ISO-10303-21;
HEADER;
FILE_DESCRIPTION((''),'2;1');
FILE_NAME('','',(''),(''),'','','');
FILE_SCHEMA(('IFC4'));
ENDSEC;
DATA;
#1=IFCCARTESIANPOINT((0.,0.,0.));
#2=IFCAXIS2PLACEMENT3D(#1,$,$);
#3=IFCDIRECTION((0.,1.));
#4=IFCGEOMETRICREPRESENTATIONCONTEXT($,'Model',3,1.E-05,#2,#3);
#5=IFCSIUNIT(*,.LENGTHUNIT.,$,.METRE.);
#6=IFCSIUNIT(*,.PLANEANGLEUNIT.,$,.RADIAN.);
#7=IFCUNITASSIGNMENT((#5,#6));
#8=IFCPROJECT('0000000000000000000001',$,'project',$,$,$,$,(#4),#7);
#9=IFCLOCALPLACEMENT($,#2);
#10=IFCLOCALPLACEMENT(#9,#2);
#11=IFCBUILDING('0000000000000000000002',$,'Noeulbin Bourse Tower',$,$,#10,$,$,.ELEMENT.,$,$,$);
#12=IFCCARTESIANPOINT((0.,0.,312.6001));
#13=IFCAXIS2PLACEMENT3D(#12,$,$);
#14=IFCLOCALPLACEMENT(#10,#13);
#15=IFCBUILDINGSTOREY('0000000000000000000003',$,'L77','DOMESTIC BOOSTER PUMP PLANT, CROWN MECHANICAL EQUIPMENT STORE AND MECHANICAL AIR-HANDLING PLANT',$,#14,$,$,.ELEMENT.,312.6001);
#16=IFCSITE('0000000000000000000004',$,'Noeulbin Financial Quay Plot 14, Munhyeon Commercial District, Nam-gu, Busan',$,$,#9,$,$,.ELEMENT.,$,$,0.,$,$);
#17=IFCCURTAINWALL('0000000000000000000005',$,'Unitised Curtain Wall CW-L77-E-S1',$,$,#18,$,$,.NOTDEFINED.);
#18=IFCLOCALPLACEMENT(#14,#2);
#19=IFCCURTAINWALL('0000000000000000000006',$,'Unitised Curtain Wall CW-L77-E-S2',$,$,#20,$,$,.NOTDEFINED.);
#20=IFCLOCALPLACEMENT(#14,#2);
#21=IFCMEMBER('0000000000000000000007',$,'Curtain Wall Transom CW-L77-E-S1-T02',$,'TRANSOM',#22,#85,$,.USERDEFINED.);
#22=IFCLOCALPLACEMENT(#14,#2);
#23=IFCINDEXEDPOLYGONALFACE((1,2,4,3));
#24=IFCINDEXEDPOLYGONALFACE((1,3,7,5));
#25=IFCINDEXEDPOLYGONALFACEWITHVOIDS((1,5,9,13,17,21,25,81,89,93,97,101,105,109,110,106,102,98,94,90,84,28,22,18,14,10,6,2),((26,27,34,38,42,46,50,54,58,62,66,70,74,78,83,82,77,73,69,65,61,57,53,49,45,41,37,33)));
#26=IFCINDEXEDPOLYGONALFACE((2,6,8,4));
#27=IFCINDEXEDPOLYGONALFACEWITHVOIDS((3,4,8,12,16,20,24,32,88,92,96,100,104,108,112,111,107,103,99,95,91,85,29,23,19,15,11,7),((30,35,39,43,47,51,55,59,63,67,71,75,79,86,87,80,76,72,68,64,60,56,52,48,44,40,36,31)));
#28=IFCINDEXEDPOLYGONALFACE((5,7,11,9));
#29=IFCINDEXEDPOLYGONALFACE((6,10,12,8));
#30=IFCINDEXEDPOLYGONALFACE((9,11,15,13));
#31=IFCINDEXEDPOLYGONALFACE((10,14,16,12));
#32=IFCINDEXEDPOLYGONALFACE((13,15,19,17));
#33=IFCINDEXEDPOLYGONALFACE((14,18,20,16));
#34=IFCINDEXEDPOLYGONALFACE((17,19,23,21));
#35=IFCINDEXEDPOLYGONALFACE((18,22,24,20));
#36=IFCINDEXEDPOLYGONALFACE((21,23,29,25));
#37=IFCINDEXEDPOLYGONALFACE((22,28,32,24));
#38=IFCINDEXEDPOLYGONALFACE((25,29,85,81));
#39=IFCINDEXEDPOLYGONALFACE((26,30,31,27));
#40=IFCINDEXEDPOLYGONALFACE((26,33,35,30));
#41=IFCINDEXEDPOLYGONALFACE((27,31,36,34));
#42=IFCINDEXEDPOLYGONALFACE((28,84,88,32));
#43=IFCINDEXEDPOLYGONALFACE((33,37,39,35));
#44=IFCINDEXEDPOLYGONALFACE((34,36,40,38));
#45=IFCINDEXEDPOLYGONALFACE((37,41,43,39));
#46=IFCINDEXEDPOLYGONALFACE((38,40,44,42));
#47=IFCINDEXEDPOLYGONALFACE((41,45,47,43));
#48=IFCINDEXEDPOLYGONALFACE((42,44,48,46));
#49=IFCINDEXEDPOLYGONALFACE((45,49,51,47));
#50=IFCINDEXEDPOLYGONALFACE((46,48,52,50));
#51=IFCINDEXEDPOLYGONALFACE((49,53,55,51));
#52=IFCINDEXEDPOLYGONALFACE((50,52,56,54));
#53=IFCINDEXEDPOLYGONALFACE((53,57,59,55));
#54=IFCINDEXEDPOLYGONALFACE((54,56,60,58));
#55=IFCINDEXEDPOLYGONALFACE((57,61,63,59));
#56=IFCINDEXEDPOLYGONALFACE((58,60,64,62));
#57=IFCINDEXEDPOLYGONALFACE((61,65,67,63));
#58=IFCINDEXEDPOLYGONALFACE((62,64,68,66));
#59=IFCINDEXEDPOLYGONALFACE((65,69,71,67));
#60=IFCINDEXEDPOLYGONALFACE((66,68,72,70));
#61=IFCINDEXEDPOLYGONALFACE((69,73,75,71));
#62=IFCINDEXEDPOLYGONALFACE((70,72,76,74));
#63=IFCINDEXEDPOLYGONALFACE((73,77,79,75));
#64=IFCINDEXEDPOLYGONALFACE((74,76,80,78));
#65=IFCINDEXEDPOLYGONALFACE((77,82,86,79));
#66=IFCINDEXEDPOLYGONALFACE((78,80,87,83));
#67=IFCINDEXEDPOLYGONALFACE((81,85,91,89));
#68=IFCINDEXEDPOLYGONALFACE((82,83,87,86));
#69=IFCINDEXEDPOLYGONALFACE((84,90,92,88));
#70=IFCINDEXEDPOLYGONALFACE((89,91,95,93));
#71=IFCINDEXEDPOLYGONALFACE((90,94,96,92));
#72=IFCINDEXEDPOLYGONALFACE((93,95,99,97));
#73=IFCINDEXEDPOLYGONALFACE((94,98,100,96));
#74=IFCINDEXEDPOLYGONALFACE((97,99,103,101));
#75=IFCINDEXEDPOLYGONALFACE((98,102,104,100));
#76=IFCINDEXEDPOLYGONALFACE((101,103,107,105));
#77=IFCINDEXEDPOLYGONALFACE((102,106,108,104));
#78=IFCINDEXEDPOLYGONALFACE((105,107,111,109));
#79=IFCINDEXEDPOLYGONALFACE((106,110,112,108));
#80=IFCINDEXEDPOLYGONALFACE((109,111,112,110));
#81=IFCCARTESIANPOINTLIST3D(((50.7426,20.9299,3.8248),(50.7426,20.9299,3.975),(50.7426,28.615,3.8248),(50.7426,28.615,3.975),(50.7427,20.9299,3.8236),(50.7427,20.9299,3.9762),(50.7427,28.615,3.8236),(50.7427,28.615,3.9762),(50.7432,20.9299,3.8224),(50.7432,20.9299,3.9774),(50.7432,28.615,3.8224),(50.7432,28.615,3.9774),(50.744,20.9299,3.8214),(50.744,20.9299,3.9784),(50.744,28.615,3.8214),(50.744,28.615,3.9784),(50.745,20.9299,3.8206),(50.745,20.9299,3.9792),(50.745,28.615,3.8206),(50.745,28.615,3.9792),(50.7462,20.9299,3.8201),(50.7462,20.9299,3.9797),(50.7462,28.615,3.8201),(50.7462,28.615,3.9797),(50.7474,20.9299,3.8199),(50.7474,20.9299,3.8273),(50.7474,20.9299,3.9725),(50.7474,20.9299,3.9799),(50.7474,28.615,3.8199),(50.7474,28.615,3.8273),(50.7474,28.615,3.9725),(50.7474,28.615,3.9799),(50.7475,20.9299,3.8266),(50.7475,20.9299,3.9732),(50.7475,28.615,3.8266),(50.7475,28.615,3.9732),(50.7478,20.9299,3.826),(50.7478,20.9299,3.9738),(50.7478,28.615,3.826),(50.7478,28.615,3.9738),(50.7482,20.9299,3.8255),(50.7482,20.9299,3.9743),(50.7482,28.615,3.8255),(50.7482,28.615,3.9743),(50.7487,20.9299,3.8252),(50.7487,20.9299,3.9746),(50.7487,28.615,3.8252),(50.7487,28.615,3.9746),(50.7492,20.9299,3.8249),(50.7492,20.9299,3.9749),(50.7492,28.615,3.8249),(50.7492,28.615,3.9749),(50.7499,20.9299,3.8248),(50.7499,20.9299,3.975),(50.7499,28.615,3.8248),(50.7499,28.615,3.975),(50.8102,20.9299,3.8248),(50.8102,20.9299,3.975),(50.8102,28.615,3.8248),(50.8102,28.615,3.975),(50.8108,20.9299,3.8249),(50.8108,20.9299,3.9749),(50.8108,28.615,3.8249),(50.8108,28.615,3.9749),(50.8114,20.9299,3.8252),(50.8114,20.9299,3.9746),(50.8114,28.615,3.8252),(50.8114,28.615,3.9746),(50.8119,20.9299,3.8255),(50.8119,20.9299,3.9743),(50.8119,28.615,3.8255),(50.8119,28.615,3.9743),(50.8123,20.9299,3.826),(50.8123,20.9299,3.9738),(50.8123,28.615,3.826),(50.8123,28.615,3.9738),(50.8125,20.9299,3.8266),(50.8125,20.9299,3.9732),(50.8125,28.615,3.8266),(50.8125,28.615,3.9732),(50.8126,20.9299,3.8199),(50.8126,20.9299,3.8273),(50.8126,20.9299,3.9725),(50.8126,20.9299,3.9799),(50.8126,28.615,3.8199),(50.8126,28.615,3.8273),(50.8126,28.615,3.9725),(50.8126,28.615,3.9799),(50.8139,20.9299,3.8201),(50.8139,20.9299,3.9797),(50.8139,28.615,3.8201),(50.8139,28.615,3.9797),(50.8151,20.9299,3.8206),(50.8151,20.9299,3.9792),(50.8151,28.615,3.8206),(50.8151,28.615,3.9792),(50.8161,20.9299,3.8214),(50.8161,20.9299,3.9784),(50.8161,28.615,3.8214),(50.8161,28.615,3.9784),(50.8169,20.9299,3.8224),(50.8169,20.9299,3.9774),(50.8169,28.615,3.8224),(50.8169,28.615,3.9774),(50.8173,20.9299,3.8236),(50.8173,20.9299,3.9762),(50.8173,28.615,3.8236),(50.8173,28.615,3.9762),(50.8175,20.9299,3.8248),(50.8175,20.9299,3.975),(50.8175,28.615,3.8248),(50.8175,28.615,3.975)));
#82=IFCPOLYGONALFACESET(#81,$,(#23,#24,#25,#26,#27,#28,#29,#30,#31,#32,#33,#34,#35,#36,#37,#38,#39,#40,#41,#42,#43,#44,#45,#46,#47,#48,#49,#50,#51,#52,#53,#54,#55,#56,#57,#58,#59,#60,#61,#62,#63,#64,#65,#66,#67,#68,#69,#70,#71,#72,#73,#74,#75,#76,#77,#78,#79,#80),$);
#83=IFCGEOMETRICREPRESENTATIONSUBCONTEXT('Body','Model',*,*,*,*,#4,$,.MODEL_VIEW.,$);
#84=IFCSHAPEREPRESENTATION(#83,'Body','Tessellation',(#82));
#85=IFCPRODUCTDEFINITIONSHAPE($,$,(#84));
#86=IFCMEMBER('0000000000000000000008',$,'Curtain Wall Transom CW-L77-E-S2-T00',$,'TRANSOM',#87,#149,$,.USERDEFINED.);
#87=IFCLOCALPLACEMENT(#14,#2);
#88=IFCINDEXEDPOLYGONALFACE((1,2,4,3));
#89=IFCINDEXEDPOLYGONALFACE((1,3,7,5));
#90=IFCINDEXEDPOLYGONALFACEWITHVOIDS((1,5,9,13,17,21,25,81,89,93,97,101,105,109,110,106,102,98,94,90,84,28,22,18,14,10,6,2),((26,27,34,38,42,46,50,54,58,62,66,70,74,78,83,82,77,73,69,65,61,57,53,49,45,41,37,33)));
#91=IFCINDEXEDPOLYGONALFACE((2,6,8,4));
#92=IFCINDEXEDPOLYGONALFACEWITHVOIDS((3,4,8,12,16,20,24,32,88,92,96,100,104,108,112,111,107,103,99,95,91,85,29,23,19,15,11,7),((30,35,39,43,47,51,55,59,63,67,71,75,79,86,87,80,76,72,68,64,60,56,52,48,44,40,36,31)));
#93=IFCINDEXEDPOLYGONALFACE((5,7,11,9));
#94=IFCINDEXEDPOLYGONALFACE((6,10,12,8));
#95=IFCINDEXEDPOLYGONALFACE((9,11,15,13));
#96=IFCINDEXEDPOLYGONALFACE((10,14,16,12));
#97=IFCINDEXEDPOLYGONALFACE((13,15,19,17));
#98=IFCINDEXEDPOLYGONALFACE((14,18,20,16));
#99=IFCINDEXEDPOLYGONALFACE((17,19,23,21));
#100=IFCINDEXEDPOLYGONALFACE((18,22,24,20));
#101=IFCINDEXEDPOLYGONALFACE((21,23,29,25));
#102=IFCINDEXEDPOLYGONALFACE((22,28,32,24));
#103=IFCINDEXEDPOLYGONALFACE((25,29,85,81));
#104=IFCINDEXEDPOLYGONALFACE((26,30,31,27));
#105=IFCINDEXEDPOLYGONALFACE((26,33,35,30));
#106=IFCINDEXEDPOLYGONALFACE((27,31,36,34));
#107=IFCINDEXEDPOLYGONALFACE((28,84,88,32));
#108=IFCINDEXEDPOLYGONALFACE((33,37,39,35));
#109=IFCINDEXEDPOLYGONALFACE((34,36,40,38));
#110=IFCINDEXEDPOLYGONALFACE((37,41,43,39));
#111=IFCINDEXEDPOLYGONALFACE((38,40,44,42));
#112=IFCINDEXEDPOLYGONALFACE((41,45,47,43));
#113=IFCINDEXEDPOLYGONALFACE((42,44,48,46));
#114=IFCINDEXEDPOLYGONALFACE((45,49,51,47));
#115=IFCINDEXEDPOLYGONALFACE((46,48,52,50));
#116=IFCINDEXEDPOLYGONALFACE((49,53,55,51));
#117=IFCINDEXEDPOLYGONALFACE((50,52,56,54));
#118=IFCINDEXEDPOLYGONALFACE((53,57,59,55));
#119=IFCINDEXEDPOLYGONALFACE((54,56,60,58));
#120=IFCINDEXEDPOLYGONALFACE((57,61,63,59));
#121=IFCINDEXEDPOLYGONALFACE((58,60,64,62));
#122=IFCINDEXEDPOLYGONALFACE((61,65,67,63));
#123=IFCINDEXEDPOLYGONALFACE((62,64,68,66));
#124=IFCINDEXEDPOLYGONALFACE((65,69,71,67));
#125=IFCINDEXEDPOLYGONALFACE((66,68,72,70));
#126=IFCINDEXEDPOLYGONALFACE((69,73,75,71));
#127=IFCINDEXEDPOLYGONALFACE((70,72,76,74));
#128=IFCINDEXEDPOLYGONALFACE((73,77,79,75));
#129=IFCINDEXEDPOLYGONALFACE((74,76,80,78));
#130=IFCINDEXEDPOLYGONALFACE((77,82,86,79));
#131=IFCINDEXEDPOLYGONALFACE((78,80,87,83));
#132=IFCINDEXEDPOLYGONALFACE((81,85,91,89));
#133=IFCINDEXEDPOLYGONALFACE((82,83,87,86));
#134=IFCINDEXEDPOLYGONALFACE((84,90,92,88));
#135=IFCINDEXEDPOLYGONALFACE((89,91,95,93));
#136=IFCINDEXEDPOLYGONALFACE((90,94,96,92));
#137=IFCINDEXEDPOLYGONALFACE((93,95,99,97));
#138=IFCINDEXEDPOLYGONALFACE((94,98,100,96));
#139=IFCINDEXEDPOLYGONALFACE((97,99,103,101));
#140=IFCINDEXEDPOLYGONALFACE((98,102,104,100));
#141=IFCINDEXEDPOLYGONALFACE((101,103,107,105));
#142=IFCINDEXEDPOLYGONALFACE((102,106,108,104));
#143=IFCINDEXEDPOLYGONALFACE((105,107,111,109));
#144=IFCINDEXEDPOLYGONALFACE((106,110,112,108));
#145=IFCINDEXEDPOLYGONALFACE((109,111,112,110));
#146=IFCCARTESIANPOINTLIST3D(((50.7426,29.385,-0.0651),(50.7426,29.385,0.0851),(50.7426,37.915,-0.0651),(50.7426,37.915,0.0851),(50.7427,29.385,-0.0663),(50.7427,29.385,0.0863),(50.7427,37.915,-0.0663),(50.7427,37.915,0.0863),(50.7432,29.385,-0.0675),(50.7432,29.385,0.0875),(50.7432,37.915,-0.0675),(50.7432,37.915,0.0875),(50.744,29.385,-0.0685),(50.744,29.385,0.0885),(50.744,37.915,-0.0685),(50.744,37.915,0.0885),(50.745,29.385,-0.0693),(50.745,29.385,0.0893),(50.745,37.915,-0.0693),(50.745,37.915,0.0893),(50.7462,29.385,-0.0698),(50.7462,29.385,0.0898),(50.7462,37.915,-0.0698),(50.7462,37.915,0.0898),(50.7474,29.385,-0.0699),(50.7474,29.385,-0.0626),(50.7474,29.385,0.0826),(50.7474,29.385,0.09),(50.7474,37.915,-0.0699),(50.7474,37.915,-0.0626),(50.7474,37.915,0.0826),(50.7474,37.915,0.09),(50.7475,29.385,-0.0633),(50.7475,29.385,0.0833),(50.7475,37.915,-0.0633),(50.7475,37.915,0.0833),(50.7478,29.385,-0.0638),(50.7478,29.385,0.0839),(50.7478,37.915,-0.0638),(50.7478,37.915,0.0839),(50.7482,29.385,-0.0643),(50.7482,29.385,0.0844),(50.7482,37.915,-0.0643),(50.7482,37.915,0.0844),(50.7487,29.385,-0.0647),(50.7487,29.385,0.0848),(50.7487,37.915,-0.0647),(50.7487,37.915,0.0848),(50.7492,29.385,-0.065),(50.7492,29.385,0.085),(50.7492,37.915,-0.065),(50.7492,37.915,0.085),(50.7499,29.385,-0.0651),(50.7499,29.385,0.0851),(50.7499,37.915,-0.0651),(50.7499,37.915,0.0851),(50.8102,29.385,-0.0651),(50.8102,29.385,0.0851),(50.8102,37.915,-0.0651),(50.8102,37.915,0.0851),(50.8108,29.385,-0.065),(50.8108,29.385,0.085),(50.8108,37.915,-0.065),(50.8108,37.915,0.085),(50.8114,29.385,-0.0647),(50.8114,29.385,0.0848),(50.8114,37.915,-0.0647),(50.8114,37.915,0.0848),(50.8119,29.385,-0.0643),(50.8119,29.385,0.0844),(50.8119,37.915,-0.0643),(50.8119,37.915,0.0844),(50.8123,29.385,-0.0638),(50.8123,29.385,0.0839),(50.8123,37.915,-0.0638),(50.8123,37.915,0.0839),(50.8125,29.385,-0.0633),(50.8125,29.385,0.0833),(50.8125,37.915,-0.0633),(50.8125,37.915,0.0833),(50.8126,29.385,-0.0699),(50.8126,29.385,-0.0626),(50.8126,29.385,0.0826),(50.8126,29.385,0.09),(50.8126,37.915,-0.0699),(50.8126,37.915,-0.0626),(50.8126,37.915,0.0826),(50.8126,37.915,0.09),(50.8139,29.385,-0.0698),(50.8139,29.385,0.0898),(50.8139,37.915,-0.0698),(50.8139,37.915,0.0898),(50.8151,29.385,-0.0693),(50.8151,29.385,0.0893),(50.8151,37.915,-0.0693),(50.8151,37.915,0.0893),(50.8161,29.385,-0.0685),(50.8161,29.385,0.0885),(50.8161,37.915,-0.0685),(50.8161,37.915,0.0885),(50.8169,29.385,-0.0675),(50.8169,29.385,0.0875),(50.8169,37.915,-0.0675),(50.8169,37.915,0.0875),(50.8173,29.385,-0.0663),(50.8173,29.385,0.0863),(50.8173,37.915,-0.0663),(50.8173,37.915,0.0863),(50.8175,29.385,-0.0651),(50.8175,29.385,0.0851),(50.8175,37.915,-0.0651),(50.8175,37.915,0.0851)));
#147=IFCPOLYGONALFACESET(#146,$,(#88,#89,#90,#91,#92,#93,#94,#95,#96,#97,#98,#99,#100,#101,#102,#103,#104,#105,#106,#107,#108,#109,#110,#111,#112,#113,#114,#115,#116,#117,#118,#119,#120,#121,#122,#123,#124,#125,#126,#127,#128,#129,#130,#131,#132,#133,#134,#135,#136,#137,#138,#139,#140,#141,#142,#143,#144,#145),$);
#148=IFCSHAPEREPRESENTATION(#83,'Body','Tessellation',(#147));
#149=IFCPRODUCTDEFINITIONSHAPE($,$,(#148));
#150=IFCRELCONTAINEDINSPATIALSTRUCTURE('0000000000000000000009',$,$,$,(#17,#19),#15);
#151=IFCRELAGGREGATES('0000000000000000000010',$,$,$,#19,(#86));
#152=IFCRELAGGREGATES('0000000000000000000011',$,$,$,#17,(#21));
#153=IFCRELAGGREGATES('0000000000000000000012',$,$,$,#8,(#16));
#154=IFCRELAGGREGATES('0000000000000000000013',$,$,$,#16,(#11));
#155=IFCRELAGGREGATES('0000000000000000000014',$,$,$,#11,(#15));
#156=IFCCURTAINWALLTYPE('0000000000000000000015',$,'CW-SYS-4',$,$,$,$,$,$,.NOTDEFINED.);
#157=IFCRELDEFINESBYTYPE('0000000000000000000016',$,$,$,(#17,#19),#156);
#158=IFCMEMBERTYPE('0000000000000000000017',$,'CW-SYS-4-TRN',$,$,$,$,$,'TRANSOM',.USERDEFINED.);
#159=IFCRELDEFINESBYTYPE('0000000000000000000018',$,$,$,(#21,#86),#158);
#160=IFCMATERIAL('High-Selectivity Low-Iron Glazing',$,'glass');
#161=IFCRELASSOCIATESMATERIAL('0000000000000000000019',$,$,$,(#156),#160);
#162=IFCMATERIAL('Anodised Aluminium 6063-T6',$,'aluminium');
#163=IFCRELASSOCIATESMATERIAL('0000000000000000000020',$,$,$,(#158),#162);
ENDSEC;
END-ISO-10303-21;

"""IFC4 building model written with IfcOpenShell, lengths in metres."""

from ifc_helpers import new_model, si_unit, direction, frame, origin, origin_2d, place, context, subcontext, project, spatial, hollow_rectangle, extrude, material, material_profile, profile_set, type_object, element, aggregate, save


model = new_model("IFC4")

# Units and contexts
model_context = context("Model", 3, precision=1e-05, world=origin(), true_north=direction((0.0, 1.0)))
body_context = subcontext(model_context, "Body", "Model", "MODEL_VIEW")
ifc_project = project(units=[si_unit("LENGTHUNIT", "METRE"), si_unit("PLANEANGLEUNIT", "RADIAN")], contexts=[model_context])

# Site, building, storey
site_placement = place(None, origin())
site = spatial("IfcSite", under=ifc_project, at=site_placement, Name="Noeulbin Financial Quay Plot 14, Munhyeon Commercial District, Nam-gu, Busan", CompositionType="ELEMENT", RefElevation=0.0)
building_placement = place(site_placement, origin())
building = spatial("IfcBuilding", under=site, at=building_placement, Name="Noeulbin Bourse Tower", CompositionType="ELEMENT")
storey_placement = place(building_placement, frame((0.0, 0.0, 312.6001)))
storey = spatial("IfcBuildingStorey", under=building, at=storey_placement, Name="L77", Description="DOMESTIC BOOSTER PUMP PLANT, CROWN MECHANICAL EQUIPMENT STORE AND MECHANICAL AIR-HANDLING PLANT", CompositionType="ELEMENT", Elevation=312.6001)

# Curtain wall
ifc_material_1 = material(Name="High-Selectivity Low-Iron Glazing", Category="glass")
curtain_wall_type = type_object("IfcCurtainWallType", Name="CW-SYS-4", PredefinedType="NOTDEFINED", material=ifc_material_1)
ifc_material_2 = material(Name="Anodised Aluminium 6063-T6", Category="aluminium")
curtain_wall_1_placement = place(storey_placement, origin())
curtain_wall_1 = element("IfcCurtainWall", 1, at=curtain_wall_1_placement, inside=storey, type_object=curtain_wall_type, Name="Unitised Curtain Wall CW-L77-E-S1", PredefinedType="NOTDEFINED")

# Curtain wall
curtain_wall_2_placement = place(storey_placement, origin())
curtain_wall_2 = element("IfcCurtainWall", 2, at=curtain_wall_2_placement, inside=storey, type_object=curtain_wall_type, Name="Unitised Curtain Wall CW-L77-E-S2", PredefinedType="NOTDEFINED")

# Members
ifc_material_profile_1 = material_profile(ifc_material_2, hollow_rectangle(XDim=0.075, YDim=0.1599, WallThickness=0.0049, InnerFilletRadius=0.0024, OuterFilletRadius=0.0049, at=origin_2d()), Name="ALU-TRAN-75x160x5", Category="LoadBearing")
ifc_profile_set_1 = profile_set([ifc_material_profile_1], Name="Anodised Aluminium 6063-T6")
member_type_1 = type_object("IfcMemberType", Name="CW-SYS-4-TRN", ElementType="TRANSOM", PredefinedType="USERDEFINED", material=ifc_profile_set_1)
member_1_placement = place(storey_placement, frame((50.78, 20.9299, 3.8999), z_axis=(0.0, 1.0, 0.0), x_axis=(-1.0, 0.0, 0.0)))
member_1 = element("IfcMember", 3, at=member_1_placement, type_object=member_type_1, Name="Curtain Wall Transom CW-L77-E-S1-T02", ObjectType="TRANSOM", PredefinedType="USERDEFINED", context=body_context, shape_type="SweptSolid", body=[
    extrude(hollow_rectangle(XDim=0.075, YDim=0.1599, WallThickness=0.0049, InnerFilletRadius=0.0024, OuterFilletRadius=0.0049, at=origin_2d()), origin(), (0.0, 0.0, 1.0), 7.6851),
])
member_2_placement = place(storey_placement, frame((50.78, 29.385, 0.01), z_axis=(0.0, 1.0, 0.0), x_axis=(-1.0, 0.0, 0.0)))
member_2 = element("IfcMember", 4, at=member_2_placement, type_object=member_type_1, Name="Curtain Wall Transom CW-L77-E-S2-T00", ObjectType="TRANSOM", PredefinedType="USERDEFINED", context=body_context, shape_type="SweptSolid", body=[
    extrude(hollow_rectangle(XDim=0.075, YDim=0.1599, WallThickness=0.0049, InnerFilletRadius=0.0024, OuterFilletRadius=0.0049, at=origin_2d()), origin(), (0.0, 0.0, 1.0), 8.53),
])
aggregate(curtain_wall_2, [member_2])

aggregate(curtain_wall_1, [member_1])

save(model, "model.ifc")
